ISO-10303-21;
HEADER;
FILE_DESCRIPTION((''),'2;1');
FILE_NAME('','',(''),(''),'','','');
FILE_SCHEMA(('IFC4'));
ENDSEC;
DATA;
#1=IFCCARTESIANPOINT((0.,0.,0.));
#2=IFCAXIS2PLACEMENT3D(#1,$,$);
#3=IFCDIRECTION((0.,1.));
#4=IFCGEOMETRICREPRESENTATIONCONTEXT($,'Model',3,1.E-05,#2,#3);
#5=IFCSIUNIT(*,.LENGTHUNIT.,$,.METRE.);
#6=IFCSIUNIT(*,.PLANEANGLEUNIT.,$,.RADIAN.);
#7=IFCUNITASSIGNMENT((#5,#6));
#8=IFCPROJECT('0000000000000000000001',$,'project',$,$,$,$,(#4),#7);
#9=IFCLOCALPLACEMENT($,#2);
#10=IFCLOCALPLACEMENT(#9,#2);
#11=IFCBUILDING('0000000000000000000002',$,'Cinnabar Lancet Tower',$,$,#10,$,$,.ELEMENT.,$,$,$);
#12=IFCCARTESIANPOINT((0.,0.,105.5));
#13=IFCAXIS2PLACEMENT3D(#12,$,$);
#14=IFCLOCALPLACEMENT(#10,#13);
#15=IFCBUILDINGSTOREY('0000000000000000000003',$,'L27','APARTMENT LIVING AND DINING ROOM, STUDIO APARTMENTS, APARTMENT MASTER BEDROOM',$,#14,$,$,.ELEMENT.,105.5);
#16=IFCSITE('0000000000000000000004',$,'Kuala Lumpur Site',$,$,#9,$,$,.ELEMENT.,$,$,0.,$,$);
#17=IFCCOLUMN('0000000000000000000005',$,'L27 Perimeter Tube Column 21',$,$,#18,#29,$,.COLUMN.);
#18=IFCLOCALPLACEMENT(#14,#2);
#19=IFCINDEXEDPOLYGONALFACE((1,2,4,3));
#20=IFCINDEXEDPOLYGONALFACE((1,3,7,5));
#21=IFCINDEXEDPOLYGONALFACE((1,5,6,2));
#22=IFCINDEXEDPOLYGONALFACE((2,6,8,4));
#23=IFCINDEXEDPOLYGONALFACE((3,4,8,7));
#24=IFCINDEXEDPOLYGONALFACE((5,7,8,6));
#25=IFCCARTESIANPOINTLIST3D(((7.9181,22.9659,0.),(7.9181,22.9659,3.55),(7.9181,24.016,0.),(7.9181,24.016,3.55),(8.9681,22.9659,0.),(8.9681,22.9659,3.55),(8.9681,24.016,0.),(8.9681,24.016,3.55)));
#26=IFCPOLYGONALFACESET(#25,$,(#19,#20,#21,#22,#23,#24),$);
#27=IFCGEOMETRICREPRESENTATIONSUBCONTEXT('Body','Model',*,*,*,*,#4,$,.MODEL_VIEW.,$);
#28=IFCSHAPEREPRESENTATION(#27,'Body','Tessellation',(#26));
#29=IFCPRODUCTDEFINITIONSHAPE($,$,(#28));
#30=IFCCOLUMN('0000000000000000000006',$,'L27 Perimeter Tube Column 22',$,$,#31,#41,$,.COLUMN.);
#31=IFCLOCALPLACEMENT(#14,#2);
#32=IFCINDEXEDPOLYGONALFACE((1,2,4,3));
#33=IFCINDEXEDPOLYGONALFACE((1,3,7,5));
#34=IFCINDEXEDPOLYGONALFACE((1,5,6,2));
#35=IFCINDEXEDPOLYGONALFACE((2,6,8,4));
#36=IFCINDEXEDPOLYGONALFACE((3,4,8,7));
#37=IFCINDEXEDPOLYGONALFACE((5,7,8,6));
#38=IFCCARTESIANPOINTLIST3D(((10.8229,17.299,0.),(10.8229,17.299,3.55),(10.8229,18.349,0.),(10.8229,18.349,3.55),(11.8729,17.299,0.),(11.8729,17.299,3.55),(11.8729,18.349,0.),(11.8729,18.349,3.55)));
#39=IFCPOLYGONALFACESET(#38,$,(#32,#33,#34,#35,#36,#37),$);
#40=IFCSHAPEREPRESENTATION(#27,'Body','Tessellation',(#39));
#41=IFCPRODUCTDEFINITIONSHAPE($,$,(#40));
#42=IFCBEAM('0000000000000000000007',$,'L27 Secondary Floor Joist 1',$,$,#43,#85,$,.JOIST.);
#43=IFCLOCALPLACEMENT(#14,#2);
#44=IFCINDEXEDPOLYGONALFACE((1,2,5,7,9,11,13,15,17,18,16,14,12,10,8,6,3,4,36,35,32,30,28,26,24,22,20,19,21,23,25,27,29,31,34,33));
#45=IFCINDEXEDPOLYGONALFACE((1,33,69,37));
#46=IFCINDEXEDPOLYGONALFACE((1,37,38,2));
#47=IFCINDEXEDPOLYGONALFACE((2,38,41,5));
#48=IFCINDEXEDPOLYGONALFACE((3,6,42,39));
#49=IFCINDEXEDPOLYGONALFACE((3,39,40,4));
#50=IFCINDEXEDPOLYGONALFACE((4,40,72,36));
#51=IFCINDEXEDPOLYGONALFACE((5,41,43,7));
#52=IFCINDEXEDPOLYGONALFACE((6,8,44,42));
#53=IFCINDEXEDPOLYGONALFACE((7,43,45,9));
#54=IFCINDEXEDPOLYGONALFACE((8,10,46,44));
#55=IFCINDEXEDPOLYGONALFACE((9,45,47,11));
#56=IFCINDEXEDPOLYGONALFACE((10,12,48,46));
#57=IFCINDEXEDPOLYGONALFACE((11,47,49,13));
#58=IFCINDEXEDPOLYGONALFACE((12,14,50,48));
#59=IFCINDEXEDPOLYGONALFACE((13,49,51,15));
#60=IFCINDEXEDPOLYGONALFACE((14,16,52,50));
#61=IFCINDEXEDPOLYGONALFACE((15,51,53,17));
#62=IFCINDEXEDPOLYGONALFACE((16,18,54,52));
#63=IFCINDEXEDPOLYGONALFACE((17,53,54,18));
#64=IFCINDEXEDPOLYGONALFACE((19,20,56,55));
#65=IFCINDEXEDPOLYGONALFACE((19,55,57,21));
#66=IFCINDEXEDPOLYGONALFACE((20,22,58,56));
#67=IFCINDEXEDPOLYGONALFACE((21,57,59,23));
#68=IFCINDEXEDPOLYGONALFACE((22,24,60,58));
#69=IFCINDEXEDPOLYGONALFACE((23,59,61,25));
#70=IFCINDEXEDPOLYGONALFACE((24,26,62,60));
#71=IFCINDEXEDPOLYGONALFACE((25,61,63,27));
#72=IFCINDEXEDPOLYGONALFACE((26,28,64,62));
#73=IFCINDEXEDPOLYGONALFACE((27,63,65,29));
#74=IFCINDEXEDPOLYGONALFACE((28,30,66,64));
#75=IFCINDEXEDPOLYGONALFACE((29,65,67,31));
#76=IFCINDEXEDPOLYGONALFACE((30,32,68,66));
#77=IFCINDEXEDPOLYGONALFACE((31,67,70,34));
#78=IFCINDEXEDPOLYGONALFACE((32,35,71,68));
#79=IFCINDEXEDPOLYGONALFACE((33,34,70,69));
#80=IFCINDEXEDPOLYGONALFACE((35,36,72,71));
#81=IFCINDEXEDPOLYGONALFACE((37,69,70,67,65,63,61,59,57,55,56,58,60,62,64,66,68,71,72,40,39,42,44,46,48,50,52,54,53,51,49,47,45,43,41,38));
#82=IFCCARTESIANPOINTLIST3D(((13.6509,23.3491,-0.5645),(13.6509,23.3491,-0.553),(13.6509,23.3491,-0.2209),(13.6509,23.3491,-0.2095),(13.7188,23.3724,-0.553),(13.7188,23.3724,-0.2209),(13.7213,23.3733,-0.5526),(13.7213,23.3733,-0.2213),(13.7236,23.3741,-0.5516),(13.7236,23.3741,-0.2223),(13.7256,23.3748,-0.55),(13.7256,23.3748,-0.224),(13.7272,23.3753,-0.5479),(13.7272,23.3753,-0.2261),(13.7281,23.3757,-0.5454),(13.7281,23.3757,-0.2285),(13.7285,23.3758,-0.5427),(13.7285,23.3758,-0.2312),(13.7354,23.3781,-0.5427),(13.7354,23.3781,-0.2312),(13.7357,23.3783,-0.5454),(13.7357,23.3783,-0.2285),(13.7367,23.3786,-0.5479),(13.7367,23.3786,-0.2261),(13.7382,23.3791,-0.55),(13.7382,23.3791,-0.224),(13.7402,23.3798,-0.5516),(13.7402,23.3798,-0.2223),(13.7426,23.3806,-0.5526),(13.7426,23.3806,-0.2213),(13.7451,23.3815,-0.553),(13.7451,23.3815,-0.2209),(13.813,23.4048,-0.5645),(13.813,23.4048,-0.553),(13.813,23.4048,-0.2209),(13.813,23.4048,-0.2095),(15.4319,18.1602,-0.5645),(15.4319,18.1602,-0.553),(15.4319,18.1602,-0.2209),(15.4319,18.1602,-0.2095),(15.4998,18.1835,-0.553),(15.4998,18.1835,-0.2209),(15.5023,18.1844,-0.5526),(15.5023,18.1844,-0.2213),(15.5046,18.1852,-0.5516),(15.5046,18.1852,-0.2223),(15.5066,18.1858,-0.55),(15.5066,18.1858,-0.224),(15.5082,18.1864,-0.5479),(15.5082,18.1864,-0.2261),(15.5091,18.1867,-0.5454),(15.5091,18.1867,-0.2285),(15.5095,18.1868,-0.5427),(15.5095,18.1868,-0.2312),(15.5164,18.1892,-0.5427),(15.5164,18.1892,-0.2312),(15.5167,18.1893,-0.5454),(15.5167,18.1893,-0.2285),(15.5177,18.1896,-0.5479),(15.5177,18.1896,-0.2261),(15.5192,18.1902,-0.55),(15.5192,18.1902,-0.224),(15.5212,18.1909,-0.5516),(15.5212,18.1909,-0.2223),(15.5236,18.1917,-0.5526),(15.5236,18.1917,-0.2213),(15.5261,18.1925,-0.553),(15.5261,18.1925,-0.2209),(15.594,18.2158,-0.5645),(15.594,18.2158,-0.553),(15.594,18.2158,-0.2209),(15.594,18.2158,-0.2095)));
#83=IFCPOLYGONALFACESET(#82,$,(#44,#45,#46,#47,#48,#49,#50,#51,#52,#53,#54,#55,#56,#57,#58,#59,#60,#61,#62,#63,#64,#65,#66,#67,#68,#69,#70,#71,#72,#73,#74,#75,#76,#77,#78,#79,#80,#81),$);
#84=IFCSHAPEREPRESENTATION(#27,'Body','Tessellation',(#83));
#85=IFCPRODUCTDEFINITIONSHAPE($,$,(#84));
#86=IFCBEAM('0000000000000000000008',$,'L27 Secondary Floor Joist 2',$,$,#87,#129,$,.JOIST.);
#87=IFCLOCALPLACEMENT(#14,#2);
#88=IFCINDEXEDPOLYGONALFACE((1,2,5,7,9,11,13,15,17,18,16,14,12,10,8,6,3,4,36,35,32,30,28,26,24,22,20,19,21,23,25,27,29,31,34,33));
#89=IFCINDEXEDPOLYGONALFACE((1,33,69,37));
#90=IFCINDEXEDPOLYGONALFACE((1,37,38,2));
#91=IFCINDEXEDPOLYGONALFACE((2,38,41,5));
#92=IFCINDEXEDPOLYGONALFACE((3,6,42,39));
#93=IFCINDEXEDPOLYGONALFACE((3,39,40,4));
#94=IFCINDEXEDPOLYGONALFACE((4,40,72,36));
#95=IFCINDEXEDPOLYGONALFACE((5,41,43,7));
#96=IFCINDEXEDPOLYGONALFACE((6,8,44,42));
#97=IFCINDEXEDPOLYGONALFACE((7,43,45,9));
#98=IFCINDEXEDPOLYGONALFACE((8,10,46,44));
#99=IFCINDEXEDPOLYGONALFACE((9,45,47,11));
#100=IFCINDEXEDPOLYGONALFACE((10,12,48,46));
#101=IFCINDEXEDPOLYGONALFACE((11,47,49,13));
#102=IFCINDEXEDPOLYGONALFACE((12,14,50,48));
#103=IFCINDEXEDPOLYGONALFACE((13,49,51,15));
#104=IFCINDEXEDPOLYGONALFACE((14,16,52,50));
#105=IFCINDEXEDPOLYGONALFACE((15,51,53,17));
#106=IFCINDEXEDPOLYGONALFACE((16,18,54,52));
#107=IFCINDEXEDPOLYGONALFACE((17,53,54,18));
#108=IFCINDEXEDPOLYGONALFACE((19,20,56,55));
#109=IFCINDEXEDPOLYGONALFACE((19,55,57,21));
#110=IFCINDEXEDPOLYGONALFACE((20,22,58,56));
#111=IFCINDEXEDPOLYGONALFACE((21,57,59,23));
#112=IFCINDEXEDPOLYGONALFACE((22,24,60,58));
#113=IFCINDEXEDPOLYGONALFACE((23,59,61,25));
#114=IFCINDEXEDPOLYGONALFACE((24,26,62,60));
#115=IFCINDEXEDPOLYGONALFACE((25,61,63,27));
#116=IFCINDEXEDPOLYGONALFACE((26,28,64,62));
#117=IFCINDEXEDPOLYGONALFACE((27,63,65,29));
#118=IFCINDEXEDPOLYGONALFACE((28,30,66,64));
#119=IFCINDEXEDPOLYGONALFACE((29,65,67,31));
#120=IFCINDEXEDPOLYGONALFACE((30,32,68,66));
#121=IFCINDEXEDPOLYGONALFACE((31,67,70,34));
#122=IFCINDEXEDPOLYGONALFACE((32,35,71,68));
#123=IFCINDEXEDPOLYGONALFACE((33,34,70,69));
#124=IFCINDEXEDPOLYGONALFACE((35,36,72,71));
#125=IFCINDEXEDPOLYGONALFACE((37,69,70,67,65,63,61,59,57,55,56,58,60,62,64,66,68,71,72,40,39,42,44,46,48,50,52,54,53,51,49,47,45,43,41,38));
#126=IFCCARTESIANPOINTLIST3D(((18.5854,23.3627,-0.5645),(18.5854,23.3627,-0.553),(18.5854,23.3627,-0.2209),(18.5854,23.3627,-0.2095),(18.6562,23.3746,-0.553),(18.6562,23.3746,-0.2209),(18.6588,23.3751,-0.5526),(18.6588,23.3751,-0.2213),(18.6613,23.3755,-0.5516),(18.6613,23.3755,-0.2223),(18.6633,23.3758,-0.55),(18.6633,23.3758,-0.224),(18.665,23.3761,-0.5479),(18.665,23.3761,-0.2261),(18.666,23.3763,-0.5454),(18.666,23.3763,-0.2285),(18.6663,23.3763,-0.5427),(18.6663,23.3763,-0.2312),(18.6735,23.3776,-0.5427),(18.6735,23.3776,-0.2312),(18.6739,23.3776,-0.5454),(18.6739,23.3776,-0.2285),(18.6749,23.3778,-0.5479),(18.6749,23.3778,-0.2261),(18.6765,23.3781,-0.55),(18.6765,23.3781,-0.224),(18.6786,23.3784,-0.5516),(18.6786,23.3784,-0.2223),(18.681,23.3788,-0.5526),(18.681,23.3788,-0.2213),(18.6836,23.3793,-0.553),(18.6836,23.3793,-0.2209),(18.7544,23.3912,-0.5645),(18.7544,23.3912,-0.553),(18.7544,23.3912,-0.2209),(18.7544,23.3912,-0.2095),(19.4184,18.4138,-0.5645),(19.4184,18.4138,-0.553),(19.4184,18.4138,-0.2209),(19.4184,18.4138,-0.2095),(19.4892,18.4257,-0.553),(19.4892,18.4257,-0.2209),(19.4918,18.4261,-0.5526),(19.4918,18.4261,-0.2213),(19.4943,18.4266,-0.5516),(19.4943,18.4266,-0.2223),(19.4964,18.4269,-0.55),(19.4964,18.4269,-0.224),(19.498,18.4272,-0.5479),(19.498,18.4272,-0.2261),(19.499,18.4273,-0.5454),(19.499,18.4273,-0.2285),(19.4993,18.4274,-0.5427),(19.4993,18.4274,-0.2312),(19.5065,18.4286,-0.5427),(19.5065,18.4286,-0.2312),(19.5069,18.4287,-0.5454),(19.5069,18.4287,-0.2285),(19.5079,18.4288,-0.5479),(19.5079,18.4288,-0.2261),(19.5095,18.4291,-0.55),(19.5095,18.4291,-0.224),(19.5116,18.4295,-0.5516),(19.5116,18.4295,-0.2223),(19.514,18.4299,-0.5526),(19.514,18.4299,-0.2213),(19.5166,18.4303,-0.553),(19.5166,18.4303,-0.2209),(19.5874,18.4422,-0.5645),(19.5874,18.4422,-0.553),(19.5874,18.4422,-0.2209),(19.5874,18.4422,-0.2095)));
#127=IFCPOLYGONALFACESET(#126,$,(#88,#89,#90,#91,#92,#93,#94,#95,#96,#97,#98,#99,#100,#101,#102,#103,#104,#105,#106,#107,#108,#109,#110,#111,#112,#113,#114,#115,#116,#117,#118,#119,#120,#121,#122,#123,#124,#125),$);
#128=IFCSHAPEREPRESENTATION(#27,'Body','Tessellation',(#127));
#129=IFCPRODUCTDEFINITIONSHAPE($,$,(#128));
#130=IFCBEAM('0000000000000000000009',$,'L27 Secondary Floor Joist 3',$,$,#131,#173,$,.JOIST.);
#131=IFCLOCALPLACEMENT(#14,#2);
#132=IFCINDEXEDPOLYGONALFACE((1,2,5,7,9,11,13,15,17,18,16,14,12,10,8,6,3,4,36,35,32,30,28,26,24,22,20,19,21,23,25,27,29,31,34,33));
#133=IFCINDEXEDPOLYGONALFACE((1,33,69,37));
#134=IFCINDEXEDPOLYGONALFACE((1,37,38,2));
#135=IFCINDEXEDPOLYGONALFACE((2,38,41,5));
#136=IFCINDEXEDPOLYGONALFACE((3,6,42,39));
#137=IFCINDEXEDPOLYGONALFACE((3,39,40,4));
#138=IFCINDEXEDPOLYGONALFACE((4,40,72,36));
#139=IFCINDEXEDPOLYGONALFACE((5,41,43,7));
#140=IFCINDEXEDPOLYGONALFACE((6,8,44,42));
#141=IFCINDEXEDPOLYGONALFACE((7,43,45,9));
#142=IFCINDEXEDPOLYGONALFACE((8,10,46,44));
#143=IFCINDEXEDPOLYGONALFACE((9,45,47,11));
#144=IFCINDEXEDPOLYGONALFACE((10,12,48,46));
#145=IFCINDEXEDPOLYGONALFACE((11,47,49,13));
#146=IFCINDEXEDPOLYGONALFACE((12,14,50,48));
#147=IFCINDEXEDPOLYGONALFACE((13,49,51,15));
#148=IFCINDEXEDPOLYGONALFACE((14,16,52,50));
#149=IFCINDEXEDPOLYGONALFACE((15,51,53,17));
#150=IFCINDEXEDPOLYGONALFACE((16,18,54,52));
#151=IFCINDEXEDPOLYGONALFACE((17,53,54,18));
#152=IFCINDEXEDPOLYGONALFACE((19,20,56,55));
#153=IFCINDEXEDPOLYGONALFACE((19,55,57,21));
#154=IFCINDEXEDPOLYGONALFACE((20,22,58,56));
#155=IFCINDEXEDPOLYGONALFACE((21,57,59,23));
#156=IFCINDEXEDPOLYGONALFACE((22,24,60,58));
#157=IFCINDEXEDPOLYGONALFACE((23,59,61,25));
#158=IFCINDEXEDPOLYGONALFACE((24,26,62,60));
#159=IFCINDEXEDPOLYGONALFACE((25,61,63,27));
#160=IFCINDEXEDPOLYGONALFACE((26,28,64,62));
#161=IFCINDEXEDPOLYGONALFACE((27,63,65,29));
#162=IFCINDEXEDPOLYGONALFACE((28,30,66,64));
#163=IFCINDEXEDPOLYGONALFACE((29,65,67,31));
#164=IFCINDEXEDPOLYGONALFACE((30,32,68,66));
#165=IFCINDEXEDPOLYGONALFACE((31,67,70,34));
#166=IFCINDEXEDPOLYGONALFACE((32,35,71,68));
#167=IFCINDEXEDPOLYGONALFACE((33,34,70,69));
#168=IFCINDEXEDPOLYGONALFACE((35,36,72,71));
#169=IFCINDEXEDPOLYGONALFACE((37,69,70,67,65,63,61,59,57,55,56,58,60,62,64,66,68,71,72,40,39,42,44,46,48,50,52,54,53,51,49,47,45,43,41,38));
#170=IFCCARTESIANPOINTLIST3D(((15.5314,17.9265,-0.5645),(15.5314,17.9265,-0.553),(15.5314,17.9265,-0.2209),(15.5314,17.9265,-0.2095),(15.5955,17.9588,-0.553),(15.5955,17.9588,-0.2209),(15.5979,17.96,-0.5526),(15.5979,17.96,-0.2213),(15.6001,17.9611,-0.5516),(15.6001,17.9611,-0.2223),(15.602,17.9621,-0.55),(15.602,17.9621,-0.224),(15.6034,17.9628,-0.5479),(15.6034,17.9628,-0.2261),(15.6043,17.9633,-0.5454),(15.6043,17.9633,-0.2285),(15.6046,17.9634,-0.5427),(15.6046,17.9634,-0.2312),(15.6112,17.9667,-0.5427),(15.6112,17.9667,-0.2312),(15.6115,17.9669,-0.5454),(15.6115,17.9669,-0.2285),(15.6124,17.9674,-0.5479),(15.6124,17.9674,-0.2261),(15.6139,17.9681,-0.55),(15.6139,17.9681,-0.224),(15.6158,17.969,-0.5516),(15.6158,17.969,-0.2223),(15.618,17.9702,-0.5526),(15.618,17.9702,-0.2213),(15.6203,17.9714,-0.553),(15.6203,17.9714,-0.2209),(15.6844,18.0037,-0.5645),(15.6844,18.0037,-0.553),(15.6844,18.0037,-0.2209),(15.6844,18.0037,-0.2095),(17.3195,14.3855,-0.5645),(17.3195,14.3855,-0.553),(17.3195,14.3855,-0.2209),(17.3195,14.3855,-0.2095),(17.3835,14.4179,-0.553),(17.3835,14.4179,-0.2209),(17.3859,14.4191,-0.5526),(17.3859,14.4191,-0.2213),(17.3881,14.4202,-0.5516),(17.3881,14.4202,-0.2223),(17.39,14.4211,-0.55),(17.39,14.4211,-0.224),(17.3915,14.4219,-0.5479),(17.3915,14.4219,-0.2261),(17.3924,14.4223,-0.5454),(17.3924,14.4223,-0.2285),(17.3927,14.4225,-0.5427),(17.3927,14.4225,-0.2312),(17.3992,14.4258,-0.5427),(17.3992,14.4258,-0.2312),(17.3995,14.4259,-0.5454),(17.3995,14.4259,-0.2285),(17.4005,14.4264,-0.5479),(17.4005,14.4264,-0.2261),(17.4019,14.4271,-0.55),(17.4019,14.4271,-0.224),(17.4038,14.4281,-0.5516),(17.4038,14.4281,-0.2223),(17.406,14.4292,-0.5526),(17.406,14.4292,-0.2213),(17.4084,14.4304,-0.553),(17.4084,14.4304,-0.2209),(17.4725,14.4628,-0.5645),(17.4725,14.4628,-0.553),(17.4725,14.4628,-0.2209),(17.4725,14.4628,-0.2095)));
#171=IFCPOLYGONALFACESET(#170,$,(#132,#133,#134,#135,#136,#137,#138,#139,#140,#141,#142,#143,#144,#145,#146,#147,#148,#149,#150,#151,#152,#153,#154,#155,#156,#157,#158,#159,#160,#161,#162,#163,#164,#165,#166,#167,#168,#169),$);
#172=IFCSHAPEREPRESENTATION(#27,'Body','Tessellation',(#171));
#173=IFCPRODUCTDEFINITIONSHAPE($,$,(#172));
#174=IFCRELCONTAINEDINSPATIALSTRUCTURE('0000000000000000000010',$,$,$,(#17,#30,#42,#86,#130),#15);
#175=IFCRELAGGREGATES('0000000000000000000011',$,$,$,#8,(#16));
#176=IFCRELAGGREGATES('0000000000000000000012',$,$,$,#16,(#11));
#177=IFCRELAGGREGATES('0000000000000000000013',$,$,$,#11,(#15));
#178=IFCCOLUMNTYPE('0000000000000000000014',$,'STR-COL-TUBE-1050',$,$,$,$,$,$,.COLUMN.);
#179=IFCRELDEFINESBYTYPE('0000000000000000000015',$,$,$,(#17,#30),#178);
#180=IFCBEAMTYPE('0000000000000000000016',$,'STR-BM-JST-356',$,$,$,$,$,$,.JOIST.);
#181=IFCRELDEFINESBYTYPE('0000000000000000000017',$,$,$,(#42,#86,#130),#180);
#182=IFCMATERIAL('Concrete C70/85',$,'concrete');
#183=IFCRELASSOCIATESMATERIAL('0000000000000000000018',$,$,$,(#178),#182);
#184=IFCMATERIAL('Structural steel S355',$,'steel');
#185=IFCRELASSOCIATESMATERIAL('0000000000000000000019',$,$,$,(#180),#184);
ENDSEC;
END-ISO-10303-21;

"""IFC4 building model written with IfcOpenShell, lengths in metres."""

from ifc_helpers import new_model, si_unit, direction, frame, origin, origin_2d, place, context, subcontext, project, spatial, rectangle, i_section, extrude, material, material_profile, profile_set, type_object, element, save


model = new_model("IFC4")

# Units and contexts
model_context = context("Model", 3, precision=1e-05, world=origin(), true_north=direction((0.0, 1.0)))
body_context = subcontext(model_context, "Body", "Model", "MODEL_VIEW")
ifc_project = project(units=[si_unit("LENGTHUNIT", "METRE"), si_unit("PLANEANGLEUNIT", "RADIAN")], contexts=[model_context])

# Site, building, storey
site_placement = place(None, origin())
site = spatial("IfcSite", under=ifc_project, at=site_placement, Name="Kuala Lumpur Site", CompositionType="ELEMENT", RefElevation=0.0)
building_placement = place(site_placement, origin())
building = spatial("IfcBuilding", under=site, at=building_placement, Name="Cinnabar Lancet Tower", CompositionType="ELEMENT")
storey_placement = place(building_placement, frame((0.0, 0.0, 105.5)))
storey = spatial("IfcBuildingStorey", under=building, at=storey_placement, Name="L27", Description="APARTMENT LIVING AND DINING ROOM, STUDIO APARTMENTS, APARTMENT MASTER BEDROOM", CompositionType="ELEMENT", Elevation=105.5)

# Columns
ifc_material_1 = material(Name="Concrete C70/85", Category="concrete")
ifc_material_profile_1 = material_profile(ifc_material_1, rectangle(XDim=1.05, YDim=1.05, at=origin_2d()), Name="RC-COL 1050x1050")
ifc_profile_set_1 = profile_set([ifc_material_profile_1], Name="Concrete C70/85")
column_type = type_object("IfcColumnType", Name="STR-COL-TUBE-1050", PredefinedType="COLUMN", material=ifc_profile_set_1)
for number, where, z_axis, x_axis, name in (
    (1, (8.4431, 23.491, 0.0), (0.0, 0.0, 1.0), (1.0, 0.0, 0.0), "L27 Perimeter Tube Column 21"),
    (2, (11.3479, 17.824, 0.0), (0.0, 0.0, 1.0), (1.0, 0.0, 0.0), "L27 Perimeter Tube Column 22"),
):
    element("IfcColumn", number, at=place(storey_placement, frame(where, z_axis=z_axis, x_axis=x_axis)), inside=storey, type_object=column_type, Name=name, PredefinedType="COLUMN", context=body_context, shape_type="SweptSolid", body=[
        extrude(rectangle(XDim=1.05, YDim=1.05, at=origin_2d()), origin(), (0.0, 0.0, 1.0), 3.55),
    ])

# Beams
ifc_material_2 = material(Name="Structural steel S355", Category="steel")
ifc_material_profile_2 = material_profile(ifc_material_2, i_section(OverallWidth=0.1714, OverallDepth=0.355, WebThickness=0.0073, FlangeThickness=0.0115, FilletRadius=0.0103, at=origin_2d()), Name="UKB 356x171x51")
ifc_profile_set_2 = profile_set([ifc_material_profile_2], Name="Structural steel S355")
beam_type_1 = type_object("IfcBeamType", Name="STR-BM-JST-356", PredefinedType="JOIST", material=ifc_profile_set_2)
beam_1_placement = place(storey_placement, frame((13.7319, 23.377, -0.387), z_axis=(0.324639, -0.945838, 0.0), x_axis=(0.945838, 0.324639, 0.0)))
element("IfcBeam", 3, at=beam_1_placement, inside=storey, type_object=beam_type_1, Name="L27 Secondary Floor Joist 1", PredefinedType="JOIST", context=body_context, shape_type="SweptSolid", body=[
    extrude(i_section(OverallWidth=0.1714, OverallDepth=0.355, WebThickness=0.0073, FlangeThickness=0.0115, FilletRadius=0.0103, at=origin_2d()), origin(), (0.0, 0.0, 1.0), 5.4861),
])
beam_2_placement = place(storey_placement, frame((18.6699, 23.377, -0.387), z_axis=(0.165984, -0.986128, 0.0), x_axis=(0.986128, 0.165984, 0.0)))
element("IfcBeam", 4, at=beam_2_placement, inside=storey, type_object=beam_type_1, Name="L27 Secondary Floor Joist 2", PredefinedType="JOIST", context=body_context, shape_type="SweptSolid", body=[
    extrude(i_section(OverallWidth=0.1714, OverallDepth=0.355, WebThickness=0.0073, FlangeThickness=0.0115, FilletRadius=0.0103, at=origin_2d()), origin(), (0.0, 0.0, 1.0), 5.0186),
])
beam_3_placement = place(storey_placement, frame((15.6079, 17.9651, -0.387), z_axis=(0.450755, -0.892648, 0.0), x_axis=(0.892648, 0.450755, 0.0)))
element("IfcBeam", 5, at=beam_3_placement, inside=storey, type_object=beam_type_1, Name="L27 Secondary Floor Joist 3", PredefinedType="JOIST", context=body_context, shape_type="SweptSolid", body=[
    extrude(i_section(OverallWidth=0.1714, OverallDepth=0.355, WebThickness=0.0073, FlangeThickness=0.0115, FilletRadius=0.0103, at=origin_2d()), origin(), (0.0, 0.0, 1.0), 3.9668),
])

save(model, "model.ifc")
